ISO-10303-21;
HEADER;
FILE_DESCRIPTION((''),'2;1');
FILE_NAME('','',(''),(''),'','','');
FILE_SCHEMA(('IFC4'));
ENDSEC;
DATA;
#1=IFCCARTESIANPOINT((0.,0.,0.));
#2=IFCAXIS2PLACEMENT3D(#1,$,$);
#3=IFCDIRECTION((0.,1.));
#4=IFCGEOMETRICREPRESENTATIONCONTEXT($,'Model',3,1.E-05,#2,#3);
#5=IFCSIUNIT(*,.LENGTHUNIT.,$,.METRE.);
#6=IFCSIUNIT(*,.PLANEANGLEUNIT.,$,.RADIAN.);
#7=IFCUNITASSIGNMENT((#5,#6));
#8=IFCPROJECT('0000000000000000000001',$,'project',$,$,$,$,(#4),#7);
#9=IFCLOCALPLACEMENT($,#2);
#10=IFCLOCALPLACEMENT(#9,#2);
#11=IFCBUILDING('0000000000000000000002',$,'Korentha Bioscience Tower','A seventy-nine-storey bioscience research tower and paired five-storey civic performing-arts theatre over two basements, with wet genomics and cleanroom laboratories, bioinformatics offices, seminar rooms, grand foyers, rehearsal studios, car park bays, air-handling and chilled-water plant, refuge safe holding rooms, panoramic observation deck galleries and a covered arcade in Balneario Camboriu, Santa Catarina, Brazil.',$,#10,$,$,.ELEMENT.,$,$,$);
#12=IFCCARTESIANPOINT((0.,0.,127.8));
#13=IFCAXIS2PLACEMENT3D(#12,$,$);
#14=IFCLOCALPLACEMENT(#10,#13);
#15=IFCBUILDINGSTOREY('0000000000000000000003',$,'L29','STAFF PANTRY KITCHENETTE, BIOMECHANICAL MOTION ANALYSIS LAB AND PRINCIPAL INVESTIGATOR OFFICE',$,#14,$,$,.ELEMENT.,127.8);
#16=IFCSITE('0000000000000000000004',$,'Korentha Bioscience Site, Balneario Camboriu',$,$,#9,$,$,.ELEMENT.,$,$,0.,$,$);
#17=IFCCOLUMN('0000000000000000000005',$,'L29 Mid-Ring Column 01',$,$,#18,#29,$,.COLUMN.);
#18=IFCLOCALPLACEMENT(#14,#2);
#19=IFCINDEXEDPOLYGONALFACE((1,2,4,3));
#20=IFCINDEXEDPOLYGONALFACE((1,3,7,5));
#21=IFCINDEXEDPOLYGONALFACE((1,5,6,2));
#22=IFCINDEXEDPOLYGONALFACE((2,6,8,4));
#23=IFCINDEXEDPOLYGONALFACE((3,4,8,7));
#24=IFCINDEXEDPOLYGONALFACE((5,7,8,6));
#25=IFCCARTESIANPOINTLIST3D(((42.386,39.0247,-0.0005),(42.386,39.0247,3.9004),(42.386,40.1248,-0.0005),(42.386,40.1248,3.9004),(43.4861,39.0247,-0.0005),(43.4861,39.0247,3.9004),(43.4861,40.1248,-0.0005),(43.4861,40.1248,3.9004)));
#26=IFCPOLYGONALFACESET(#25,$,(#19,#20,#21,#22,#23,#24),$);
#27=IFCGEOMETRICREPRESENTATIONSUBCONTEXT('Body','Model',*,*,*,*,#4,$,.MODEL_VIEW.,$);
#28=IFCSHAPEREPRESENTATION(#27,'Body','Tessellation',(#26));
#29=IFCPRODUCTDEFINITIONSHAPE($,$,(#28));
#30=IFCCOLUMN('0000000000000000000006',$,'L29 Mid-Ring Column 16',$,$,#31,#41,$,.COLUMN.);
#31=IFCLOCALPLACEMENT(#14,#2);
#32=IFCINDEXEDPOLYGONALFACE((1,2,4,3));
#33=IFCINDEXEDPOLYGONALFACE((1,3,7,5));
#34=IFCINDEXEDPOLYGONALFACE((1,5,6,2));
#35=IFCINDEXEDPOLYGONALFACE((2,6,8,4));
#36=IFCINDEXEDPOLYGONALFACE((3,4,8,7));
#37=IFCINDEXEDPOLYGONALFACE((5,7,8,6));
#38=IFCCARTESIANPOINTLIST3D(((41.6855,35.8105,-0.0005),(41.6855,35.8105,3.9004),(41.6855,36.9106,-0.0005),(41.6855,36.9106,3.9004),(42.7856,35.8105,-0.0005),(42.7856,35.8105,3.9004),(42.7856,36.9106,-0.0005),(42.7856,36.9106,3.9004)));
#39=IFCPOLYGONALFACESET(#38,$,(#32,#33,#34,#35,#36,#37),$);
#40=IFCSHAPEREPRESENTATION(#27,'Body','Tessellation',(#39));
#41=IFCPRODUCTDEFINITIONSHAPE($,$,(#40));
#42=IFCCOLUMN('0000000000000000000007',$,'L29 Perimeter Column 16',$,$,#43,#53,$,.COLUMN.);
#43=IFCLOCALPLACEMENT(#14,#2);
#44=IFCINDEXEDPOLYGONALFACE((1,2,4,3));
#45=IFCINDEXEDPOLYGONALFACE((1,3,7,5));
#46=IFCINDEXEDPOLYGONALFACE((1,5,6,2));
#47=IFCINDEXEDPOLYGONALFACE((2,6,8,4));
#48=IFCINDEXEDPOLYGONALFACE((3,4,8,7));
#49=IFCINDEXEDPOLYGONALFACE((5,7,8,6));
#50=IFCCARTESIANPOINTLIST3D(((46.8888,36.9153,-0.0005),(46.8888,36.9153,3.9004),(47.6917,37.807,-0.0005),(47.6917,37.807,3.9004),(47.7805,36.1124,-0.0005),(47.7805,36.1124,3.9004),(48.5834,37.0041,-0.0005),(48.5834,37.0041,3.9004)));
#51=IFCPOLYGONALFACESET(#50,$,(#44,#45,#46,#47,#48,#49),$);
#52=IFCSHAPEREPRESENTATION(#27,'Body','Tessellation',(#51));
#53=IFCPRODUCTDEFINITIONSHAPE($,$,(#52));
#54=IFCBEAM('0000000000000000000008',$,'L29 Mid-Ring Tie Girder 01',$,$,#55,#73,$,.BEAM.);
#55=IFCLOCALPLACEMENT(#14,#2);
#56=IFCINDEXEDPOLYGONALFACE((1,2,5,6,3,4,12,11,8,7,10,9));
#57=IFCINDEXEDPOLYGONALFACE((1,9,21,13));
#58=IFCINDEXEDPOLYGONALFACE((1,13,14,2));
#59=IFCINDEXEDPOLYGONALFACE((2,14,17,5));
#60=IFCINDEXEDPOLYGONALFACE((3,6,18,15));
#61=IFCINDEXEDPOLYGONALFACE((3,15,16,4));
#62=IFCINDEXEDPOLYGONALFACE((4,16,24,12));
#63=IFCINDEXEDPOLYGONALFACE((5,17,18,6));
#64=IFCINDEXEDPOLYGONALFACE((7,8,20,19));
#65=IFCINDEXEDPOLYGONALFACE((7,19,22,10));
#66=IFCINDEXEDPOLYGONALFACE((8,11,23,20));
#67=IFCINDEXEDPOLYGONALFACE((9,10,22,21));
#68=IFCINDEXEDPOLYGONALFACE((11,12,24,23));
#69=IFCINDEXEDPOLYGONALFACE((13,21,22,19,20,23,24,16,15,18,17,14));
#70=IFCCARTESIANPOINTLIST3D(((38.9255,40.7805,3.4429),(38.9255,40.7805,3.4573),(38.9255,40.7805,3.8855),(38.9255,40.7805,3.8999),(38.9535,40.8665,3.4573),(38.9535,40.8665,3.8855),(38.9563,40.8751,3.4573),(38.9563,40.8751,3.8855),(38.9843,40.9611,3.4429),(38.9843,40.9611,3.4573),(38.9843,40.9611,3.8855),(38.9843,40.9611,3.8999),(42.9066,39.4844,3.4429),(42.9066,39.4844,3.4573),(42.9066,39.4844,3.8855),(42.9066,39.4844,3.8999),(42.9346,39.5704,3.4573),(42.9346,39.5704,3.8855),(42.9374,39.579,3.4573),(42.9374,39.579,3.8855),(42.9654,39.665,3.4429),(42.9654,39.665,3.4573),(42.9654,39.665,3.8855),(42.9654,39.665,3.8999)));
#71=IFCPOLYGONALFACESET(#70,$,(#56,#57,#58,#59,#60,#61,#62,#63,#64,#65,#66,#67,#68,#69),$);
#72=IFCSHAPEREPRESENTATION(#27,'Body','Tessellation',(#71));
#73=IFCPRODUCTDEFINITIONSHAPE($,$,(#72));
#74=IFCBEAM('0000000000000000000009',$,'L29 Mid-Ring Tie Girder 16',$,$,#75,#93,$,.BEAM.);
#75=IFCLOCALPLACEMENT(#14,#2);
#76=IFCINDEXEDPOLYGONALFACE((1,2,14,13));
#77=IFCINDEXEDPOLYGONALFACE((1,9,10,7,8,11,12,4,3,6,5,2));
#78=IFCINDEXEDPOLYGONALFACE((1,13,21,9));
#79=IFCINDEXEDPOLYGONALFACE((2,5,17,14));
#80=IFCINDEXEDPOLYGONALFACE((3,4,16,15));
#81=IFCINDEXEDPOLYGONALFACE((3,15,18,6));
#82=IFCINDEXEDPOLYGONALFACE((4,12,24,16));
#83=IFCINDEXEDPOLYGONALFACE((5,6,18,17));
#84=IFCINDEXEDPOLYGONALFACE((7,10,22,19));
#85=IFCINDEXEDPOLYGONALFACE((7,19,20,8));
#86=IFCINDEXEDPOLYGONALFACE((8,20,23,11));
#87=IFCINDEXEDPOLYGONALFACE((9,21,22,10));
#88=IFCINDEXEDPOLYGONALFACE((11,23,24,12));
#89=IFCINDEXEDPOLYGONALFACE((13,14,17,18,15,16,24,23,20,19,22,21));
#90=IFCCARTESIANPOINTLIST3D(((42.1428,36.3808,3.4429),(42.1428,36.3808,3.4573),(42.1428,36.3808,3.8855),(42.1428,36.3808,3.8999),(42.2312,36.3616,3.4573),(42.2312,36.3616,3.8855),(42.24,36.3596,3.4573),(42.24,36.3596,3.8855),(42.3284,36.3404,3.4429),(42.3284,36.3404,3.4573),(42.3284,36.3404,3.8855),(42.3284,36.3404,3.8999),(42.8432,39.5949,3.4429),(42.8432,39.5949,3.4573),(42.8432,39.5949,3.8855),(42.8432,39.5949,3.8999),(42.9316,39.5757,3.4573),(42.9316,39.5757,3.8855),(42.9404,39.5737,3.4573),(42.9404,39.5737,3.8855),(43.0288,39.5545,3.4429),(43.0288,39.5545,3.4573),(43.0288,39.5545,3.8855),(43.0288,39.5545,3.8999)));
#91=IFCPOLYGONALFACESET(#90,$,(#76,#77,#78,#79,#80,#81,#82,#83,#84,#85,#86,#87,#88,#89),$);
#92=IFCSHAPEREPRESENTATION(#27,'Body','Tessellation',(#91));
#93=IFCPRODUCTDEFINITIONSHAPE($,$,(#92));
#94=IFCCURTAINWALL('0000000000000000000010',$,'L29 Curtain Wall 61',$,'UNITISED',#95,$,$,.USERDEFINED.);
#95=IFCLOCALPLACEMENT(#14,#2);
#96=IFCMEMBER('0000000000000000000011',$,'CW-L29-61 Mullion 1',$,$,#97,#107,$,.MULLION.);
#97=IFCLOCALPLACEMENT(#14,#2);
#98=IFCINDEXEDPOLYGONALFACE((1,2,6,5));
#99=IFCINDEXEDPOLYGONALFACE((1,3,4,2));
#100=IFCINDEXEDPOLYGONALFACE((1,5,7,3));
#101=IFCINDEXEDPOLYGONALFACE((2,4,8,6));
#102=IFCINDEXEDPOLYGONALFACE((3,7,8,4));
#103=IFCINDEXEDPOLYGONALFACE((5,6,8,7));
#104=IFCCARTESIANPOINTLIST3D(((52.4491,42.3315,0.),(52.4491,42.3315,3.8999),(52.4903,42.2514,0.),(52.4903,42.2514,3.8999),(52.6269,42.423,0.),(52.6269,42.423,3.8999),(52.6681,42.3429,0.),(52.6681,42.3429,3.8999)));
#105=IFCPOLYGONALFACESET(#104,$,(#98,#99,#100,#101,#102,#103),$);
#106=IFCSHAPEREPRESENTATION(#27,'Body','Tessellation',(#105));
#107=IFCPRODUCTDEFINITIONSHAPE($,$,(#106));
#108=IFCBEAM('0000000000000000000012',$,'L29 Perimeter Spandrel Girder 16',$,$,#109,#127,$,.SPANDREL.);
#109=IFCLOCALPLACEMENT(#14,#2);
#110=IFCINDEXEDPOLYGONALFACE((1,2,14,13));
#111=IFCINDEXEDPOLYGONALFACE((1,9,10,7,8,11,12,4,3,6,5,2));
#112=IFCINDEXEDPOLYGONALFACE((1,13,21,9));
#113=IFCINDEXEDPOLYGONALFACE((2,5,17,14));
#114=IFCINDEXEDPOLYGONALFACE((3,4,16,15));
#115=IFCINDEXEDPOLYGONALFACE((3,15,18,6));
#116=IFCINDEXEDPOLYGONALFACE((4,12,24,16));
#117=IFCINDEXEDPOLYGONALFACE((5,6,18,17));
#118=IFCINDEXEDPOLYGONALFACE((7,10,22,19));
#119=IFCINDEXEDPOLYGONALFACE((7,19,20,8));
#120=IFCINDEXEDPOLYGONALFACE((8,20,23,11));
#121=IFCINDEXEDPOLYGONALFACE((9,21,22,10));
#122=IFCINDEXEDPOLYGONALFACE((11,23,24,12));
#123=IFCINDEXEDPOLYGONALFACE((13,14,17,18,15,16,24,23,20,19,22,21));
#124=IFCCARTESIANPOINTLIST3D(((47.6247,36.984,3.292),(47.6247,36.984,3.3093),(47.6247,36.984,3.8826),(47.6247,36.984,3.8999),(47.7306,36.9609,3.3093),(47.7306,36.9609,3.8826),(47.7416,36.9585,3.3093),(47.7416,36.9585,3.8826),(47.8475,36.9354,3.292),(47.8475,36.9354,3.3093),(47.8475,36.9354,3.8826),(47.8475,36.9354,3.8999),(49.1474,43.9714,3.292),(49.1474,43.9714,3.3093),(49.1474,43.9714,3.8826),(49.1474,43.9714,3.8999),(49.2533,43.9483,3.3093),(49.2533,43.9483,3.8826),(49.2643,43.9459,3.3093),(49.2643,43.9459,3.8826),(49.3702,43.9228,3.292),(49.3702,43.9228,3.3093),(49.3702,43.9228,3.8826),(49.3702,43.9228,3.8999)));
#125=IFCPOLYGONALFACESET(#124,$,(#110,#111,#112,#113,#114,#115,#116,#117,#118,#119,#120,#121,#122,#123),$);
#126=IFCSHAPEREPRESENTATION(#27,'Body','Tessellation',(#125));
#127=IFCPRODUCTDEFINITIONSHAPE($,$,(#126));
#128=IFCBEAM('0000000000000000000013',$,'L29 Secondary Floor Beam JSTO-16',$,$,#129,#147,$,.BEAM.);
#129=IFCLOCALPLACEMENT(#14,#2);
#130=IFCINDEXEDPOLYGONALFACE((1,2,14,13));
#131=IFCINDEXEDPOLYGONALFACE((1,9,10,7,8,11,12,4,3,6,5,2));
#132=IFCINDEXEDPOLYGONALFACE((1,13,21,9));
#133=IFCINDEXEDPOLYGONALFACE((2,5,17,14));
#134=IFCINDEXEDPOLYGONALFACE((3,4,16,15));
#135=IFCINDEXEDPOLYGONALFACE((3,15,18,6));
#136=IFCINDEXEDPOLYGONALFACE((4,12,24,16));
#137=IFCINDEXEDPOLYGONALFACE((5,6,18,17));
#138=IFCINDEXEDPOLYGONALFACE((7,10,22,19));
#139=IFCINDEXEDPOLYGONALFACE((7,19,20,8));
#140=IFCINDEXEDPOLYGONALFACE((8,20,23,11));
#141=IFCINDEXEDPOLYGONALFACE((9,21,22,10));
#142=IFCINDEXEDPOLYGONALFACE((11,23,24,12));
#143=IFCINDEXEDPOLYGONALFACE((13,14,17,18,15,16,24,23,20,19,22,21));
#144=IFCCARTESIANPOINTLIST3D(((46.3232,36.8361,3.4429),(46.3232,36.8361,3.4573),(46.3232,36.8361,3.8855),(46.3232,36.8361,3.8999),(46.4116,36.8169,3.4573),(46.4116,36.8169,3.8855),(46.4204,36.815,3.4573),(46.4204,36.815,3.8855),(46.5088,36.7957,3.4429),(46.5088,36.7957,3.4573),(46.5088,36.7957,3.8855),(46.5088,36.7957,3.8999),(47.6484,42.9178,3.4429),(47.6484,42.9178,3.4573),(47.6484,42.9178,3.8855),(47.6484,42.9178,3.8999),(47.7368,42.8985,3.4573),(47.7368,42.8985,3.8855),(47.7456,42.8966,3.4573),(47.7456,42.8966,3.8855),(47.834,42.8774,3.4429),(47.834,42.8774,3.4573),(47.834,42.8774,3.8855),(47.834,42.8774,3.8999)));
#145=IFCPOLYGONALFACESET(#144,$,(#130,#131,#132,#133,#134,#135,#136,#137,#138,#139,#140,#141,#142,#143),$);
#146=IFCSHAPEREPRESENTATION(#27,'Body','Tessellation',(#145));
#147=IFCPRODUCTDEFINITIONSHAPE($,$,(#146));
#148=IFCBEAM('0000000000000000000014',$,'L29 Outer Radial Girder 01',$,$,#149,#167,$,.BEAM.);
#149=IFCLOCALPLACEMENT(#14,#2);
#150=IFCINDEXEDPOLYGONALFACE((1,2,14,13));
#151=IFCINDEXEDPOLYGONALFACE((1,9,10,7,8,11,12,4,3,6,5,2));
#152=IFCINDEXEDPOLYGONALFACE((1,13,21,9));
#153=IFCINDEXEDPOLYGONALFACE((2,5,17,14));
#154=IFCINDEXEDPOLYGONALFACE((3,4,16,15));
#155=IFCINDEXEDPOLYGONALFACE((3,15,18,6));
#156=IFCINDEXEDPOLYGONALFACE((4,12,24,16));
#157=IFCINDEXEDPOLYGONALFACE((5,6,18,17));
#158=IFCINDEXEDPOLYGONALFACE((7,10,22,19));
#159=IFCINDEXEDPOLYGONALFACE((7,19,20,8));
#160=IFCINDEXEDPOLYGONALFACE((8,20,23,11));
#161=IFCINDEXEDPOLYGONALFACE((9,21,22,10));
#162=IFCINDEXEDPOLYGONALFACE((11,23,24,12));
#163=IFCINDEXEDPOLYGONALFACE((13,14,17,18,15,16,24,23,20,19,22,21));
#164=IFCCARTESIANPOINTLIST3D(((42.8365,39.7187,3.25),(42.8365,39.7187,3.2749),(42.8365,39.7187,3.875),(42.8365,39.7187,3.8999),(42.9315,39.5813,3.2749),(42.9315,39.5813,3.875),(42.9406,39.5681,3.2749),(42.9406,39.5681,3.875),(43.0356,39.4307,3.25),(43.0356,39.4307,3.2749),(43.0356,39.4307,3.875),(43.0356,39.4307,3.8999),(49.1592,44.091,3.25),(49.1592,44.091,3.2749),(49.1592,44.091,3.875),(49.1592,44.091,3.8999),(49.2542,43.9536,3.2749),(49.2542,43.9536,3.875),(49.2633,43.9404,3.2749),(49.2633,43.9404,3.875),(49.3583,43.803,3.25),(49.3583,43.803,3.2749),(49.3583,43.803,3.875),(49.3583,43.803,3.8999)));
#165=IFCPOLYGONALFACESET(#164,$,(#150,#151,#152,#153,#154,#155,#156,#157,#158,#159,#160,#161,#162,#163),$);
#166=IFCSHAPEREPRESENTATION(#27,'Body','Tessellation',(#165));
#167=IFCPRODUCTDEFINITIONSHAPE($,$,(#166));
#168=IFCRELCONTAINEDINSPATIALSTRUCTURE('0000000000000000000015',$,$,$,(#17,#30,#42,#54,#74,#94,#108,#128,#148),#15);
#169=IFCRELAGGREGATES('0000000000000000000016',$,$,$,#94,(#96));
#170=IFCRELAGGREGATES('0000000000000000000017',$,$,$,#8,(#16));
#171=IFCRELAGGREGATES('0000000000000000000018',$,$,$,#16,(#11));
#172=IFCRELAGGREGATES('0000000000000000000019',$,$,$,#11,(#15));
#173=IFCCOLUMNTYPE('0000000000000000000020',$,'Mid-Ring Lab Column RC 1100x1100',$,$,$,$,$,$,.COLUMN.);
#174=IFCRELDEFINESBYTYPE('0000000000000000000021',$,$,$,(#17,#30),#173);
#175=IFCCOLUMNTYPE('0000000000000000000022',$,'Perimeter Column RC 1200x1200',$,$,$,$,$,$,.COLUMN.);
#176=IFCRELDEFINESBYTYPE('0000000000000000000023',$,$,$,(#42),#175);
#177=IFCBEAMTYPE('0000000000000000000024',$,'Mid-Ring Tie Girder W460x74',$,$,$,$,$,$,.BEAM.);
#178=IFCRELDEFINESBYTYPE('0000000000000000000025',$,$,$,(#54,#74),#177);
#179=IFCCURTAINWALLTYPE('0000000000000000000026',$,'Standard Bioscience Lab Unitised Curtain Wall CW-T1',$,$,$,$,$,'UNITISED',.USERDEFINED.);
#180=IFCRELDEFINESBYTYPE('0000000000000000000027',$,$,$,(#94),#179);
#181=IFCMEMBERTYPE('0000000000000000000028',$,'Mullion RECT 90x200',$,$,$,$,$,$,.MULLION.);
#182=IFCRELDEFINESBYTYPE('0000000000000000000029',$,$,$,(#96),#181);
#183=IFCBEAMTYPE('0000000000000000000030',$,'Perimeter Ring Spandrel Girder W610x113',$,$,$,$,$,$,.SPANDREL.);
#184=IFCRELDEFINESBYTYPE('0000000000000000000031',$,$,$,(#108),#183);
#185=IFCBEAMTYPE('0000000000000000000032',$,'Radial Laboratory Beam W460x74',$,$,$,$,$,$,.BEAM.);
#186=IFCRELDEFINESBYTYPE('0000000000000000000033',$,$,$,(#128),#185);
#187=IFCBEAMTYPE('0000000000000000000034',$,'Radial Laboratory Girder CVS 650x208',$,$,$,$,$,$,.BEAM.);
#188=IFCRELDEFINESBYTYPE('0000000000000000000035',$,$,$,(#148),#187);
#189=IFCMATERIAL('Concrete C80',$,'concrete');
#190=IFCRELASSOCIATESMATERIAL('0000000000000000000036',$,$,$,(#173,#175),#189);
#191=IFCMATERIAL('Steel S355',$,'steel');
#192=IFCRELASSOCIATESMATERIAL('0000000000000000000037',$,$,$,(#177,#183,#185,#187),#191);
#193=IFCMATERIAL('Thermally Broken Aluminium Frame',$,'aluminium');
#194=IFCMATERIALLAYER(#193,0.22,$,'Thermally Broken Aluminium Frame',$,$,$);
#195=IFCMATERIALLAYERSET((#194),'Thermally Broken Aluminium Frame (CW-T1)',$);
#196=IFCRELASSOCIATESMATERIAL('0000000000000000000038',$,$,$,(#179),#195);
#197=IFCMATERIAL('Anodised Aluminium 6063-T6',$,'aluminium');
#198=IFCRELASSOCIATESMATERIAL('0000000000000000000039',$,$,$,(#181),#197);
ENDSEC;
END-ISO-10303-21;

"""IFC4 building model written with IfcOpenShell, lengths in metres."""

from ifc_helpers import new_model, si_unit, direction, frame, origin, origin_2d, place, context, subcontext, project, spatial, rectangle, i_section, extrude, material, layer, layer_set, material_profile, profile_set, type_object, element, aggregate, save


model = new_model("IFC4")

# Units and contexts
model_context = context("Model", 3, precision=1e-05, world=origin(), true_north=direction((0.0, 1.0)))
body_context = subcontext(model_context, "Body", "Model", "MODEL_VIEW")
ifc_project = project(units=[si_unit("LENGTHUNIT", "METRE"), si_unit("PLANEANGLEUNIT", "RADIAN")], contexts=[model_context])

# Site, building, storey
site_placement = place(None, origin())
site = spatial("IfcSite", under=ifc_project, at=site_placement, Name="Korentha Bioscience Site, Balneario Camboriu", CompositionType="ELEMENT", RefElevation=0.0)
building_placement = place(site_placement, origin())
building = spatial("IfcBuilding", under=site, at=building_placement, Name="Korentha Bioscience Tower", Description="A seventy-nine-storey bioscience research tower and paired five-storey civic performing-arts theatre over two basements, with wet genomics and cleanroom laboratories, bioinformatics offices, seminar rooms, grand foyers, rehearsal studios, car park bays, air-handling and chilled-water plant, refuge safe holding rooms, panoramic observation deck galleries and a covered arcade in Balneario Camboriu, Santa Catarina, Brazil.", CompositionType="ELEMENT")
storey_placement = place(building_placement, frame((0.0, 0.0, 127.8)))
storey = spatial("IfcBuildingStorey", under=building, at=storey_placement, Name="L29", Description="STAFF PANTRY KITCHENETTE, BIOMECHANICAL MOTION ANALYSIS LAB AND PRINCIPAL INVESTIGATOR OFFICE", CompositionType="ELEMENT", Elevation=127.8)

# Columns
ifc_material_1 = material(Name="Concrete C80", Category="concrete")
ifc_material_profile_1 = material_profile(ifc_material_1, rectangle(XDim=1.1001, YDim=1.1001, at=origin_2d()), Name="Concrete C80")
ifc_profile_set_1 = profile_set([ifc_material_profile_1], Name="Concrete C80 (COL-MR11)")
column_type_1 = type_object("IfcColumnType", Name="Mid-Ring Lab Column RC 1100x1100", PredefinedType="COLUMN", material=ifc_profile_set_1)
for number, where, z_axis, x_axis, name in (
    (1, (42.936, 39.5747, -0.0005), (0.0, 0.0, 1.0), (1.0, 0.0, 0.0), "L29 Mid-Ring Column 01"),
    (2, (42.2356, 36.3606, -0.0005), (0.0, 0.0, 1.0), (1.0, 0.0, 0.0), "L29 Mid-Ring Column 16"),
):
    element("IfcColumn", number, at=place(storey_placement, frame(where, z_axis=z_axis, x_axis=x_axis)), inside=storey, type_object=column_type_1, Name=name, PredefinedType="COLUMN", context=body_context, shape_type="SweptSolid", body=[
        extrude(rectangle(XDim=1.1001, YDim=1.1001, at=origin_2d()), origin(), (0.0, 0.0, 1.0), 3.9009),
    ])
ifc_material_profile_2 = material_profile(ifc_material_1, rectangle(XDim=1.2, YDim=1.2, at=origin_2d()), Name="Concrete C80")
ifc_profile_set_2 = profile_set([ifc_material_profile_2], Name="Concrete C80 (COL-P12)")
column_type_2 = type_object("IfcColumnType", Name="Perimeter Column RC 1200x1200", PredefinedType="COLUMN", material=ifc_profile_set_2)
column_placement = place(storey_placement, frame((47.7361, 36.9597, -0.0005), z_axis=(0.0, 0.0, 1.0), x_axis=(0.669131, 0.743145, 0.0)))
element("IfcColumn", 3, at=column_placement, inside=storey, type_object=column_type_2, Name="L29 Perimeter Column 16", PredefinedType="COLUMN", context=body_context, shape_type="SweptSolid", body=[
    extrude(rectangle(XDim=1.2, YDim=1.2, at=origin_2d()), origin(), (0.0, 0.0, 1.0), 3.9009),
])

# Beams
ifc_material_2 = material(Name="Steel S355", Category="steel")
ifc_material_profile_3 = material_profile(ifc_material_2, i_section(OverallWidth=0.1899, OverallDepth=0.457, WebThickness=0.009, FlangeThickness=0.0144, at=origin_2d()), Name="Steel S355")
ifc_profile_set_3 = profile_set([ifc_material_profile_3], Name="Steel S355 (MB-460)")
beam_type_1 = type_object("IfcBeamType", Name="Mid-Ring Tie Girder W460x74", PredefinedType="BEAM", material=ifc_profile_set_3)
beam_1_placement = place(storey_placement, frame((42.936, 39.5747, 3.6714), z_axis=(-0.950876, 0.309573, 0.0), x_axis=(-0.309573, -0.950876, 0.0)))
element("IfcBeam", 4, at=beam_1_placement, inside=storey, type_object=beam_type_1, Name="L29 Mid-Ring Tie Girder 01", PredefinedType="BEAM", context=body_context, shape_type="SweptSolid", body=[
    extrude(i_section(OverallWidth=0.1899, OverallDepth=0.457, WebThickness=0.009, FlangeThickness=0.0144, at=origin_2d()), origin(), (0.0, 0.0, 1.0), 4.1868),
])
beam_2_placement = place(storey_placement, frame((42.2356, 36.3606, 3.6714), z_axis=(0.212929, 0.977068, 0.0), x_axis=(-0.977068, 0.212929, 0.0)))
element("IfcBeam", 5, at=beam_2_placement, inside=storey, type_object=beam_type_1, Name="L29 Mid-Ring Tie Girder 16", PredefinedType="BEAM", context=body_context, shape_type="SweptSolid", body=[
    extrude(i_section(OverallWidth=0.1899, OverallDepth=0.457, WebThickness=0.009, FlangeThickness=0.0144, at=origin_2d()), origin(), (0.0, 0.0, 1.0), 3.2896),
])

# Curtain wall, member
ifc_material_3 = material(Name="Thermally Broken Aluminium Frame", Category="aluminium")
ifc_layer_1 = layer(ifc_material_3, 0.22, Name="Thermally Broken Aluminium Frame")
ifc_layer_set_1 = layer_set([ifc_layer_1], Name="Thermally Broken Aluminium Frame (CW-T1)")
curtain_wall_type = type_object("IfcCurtainWallType", Name="Standard Bioscience Lab Unitised Curtain Wall CW-T1", ElementType="UNITISED", PredefinedType="USERDEFINED", material=ifc_layer_set_1)
curtain_wall_placement = place(storey_placement, origin())
curtain_wall = element("IfcCurtainWall", 6, at=curtain_wall_placement, inside=storey, type_object=curtain_wall_type, Name="L29 Curtain Wall 61", ObjectType="UNITISED", PredefinedType="USERDEFINED")
ifc_material_4 = material(Name="Anodised Aluminium 6063-T6", Category="aluminium")
ifc_material_profile_4 = material_profile(ifc_material_4, rectangle(XDim=0.0901, YDim=0.2, at=origin_2d()), Name="Anodised Aluminium 6063-T6")
ifc_profile_set_4 = profile_set([ifc_material_profile_4], Name="Anodised Aluminium 6063-T6 (CW-MUL)")
member_type = type_object("IfcMemberType", Name="Mullion RECT 90x200", PredefinedType="MULLION", material=ifc_profile_set_4)
member_placement = place(storey_placement, frame((52.5586, 42.3372, 0.0), z_axis=(0.0, 0.0, 1.0), x_axis=(-0.457613, 0.889151, 0.0)))
member = element("IfcMember", 7, at=member_placement, type_object=member_type, Name="CW-L29-61 Mullion 1", PredefinedType="MULLION", context=body_context, shape_type="SweptSolid", body=[
    extrude(rectangle(XDim=0.0901, YDim=0.2, at=origin_2d()), origin(), (0.0, 0.0, 1.0), 3.8999),
])
aggregate(curtain_wall, [member])

# Beams
ifc_material_profile_5 = material_profile(ifc_material_2, i_section(OverallWidth=0.228, OverallDepth=0.6079, WebThickness=0.0112, FlangeThickness=0.0173, at=origin_2d()), Name="Steel S355")
ifc_profile_set_5 = profile_set([ifc_material_profile_5], Name="Steel S355 (SB-610)")
beam_type_2 = type_object("IfcBeamType", Name="Perimeter Ring Spandrel Girder W610x113", PredefinedType="SPANDREL", material=ifc_profile_set_5)
beam_3_placement = place(storey_placement, frame((47.7361, 36.9597, 3.5959), z_axis=(0.212927, 0.977068, 0.0), x_axis=(-0.977068, 0.212927, 0.0)))
element("IfcBeam", 8, at=beam_3_placement, inside=storey, type_object=beam_type_2, Name="L29 Perimeter Spandrel Girder 16", PredefinedType="SPANDREL", context=body_context, shape_type="SweptSolid", body=[
    extrude(i_section(OverallWidth=0.228, OverallDepth=0.6079, WebThickness=0.0112, FlangeThickness=0.0173, at=origin_2d()), origin(), (0.0, 0.0, 1.0), 7.1514),
])
ifc_material_profile_6 = material_profile(ifc_material_2, i_section(OverallWidth=0.1899, OverallDepth=0.457, WebThickness=0.009, FlangeThickness=0.0144, at=origin_2d()), Name="Steel S355")
ifc_profile_set_6 = profile_set([ifc_material_profile_6], Name="Steel S355 (RB-460)")
beam_type_3 = type_object("IfcBeamType", Name="Radial Laboratory Beam W460x74", PredefinedType="BEAM", material=ifc_profile_set_6)
beam_4_placement = place(storey_placement, frame((46.416, 36.8159, 3.6714), z_axis=(0.212908, 0.977072, 0.0), x_axis=(-0.977072, 0.212908, 0.0)))
element("IfcBeam", 9, at=beam_4_placement, inside=storey, type_object=beam_type_3, Name="L29 Secondary Floor Beam JSTO-16", PredefinedType="BEAM", context=body_context, shape_type="SweptSolid", body=[
    extrude(i_section(OverallWidth=0.1899, OverallDepth=0.457, WebThickness=0.009, FlangeThickness=0.0144, at=origin_2d()), origin(), (0.0, 0.0, 1.0), 6.2244),
])
ifc_material_profile_7 = material_profile(ifc_material_2, i_section(OverallWidth=0.3501, OverallDepth=0.6499, WebThickness=0.0161, FlangeThickness=0.0249, at=origin_2d()), Name="Steel S355")
ifc_profile_set_7 = profile_set([ifc_material_profile_7], Name="Steel S355 (RB-650)")
beam_type_4 = type_object("IfcBeamType", Name="Radial Laboratory Girder CVS 650x208", PredefinedType="BEAM", material=ifc_profile_set_7)
beam_5_placement = place(storey_placement, frame((42.936, 39.5747, 3.575), z_axis=(0.822495, 0.568772, 0.0), x_axis=(-0.568772, 0.822495, 0.0)))
element("IfcBeam", 10, at=beam_5_placement, inside=storey, type_object=beam_type_4, Name="L29 Outer Radial Girder 01", PredefinedType="BEAM", context=body_context, shape_type="SweptSolid", body=[
    extrude(i_section(OverallWidth=0.3501, OverallDepth=0.6499, WebThickness=0.0161, FlangeThickness=0.0249, at=origin_2d()), origin(), (0.0, 0.0, 1.0), 7.6873),
])

save(model, "model.ifc")
